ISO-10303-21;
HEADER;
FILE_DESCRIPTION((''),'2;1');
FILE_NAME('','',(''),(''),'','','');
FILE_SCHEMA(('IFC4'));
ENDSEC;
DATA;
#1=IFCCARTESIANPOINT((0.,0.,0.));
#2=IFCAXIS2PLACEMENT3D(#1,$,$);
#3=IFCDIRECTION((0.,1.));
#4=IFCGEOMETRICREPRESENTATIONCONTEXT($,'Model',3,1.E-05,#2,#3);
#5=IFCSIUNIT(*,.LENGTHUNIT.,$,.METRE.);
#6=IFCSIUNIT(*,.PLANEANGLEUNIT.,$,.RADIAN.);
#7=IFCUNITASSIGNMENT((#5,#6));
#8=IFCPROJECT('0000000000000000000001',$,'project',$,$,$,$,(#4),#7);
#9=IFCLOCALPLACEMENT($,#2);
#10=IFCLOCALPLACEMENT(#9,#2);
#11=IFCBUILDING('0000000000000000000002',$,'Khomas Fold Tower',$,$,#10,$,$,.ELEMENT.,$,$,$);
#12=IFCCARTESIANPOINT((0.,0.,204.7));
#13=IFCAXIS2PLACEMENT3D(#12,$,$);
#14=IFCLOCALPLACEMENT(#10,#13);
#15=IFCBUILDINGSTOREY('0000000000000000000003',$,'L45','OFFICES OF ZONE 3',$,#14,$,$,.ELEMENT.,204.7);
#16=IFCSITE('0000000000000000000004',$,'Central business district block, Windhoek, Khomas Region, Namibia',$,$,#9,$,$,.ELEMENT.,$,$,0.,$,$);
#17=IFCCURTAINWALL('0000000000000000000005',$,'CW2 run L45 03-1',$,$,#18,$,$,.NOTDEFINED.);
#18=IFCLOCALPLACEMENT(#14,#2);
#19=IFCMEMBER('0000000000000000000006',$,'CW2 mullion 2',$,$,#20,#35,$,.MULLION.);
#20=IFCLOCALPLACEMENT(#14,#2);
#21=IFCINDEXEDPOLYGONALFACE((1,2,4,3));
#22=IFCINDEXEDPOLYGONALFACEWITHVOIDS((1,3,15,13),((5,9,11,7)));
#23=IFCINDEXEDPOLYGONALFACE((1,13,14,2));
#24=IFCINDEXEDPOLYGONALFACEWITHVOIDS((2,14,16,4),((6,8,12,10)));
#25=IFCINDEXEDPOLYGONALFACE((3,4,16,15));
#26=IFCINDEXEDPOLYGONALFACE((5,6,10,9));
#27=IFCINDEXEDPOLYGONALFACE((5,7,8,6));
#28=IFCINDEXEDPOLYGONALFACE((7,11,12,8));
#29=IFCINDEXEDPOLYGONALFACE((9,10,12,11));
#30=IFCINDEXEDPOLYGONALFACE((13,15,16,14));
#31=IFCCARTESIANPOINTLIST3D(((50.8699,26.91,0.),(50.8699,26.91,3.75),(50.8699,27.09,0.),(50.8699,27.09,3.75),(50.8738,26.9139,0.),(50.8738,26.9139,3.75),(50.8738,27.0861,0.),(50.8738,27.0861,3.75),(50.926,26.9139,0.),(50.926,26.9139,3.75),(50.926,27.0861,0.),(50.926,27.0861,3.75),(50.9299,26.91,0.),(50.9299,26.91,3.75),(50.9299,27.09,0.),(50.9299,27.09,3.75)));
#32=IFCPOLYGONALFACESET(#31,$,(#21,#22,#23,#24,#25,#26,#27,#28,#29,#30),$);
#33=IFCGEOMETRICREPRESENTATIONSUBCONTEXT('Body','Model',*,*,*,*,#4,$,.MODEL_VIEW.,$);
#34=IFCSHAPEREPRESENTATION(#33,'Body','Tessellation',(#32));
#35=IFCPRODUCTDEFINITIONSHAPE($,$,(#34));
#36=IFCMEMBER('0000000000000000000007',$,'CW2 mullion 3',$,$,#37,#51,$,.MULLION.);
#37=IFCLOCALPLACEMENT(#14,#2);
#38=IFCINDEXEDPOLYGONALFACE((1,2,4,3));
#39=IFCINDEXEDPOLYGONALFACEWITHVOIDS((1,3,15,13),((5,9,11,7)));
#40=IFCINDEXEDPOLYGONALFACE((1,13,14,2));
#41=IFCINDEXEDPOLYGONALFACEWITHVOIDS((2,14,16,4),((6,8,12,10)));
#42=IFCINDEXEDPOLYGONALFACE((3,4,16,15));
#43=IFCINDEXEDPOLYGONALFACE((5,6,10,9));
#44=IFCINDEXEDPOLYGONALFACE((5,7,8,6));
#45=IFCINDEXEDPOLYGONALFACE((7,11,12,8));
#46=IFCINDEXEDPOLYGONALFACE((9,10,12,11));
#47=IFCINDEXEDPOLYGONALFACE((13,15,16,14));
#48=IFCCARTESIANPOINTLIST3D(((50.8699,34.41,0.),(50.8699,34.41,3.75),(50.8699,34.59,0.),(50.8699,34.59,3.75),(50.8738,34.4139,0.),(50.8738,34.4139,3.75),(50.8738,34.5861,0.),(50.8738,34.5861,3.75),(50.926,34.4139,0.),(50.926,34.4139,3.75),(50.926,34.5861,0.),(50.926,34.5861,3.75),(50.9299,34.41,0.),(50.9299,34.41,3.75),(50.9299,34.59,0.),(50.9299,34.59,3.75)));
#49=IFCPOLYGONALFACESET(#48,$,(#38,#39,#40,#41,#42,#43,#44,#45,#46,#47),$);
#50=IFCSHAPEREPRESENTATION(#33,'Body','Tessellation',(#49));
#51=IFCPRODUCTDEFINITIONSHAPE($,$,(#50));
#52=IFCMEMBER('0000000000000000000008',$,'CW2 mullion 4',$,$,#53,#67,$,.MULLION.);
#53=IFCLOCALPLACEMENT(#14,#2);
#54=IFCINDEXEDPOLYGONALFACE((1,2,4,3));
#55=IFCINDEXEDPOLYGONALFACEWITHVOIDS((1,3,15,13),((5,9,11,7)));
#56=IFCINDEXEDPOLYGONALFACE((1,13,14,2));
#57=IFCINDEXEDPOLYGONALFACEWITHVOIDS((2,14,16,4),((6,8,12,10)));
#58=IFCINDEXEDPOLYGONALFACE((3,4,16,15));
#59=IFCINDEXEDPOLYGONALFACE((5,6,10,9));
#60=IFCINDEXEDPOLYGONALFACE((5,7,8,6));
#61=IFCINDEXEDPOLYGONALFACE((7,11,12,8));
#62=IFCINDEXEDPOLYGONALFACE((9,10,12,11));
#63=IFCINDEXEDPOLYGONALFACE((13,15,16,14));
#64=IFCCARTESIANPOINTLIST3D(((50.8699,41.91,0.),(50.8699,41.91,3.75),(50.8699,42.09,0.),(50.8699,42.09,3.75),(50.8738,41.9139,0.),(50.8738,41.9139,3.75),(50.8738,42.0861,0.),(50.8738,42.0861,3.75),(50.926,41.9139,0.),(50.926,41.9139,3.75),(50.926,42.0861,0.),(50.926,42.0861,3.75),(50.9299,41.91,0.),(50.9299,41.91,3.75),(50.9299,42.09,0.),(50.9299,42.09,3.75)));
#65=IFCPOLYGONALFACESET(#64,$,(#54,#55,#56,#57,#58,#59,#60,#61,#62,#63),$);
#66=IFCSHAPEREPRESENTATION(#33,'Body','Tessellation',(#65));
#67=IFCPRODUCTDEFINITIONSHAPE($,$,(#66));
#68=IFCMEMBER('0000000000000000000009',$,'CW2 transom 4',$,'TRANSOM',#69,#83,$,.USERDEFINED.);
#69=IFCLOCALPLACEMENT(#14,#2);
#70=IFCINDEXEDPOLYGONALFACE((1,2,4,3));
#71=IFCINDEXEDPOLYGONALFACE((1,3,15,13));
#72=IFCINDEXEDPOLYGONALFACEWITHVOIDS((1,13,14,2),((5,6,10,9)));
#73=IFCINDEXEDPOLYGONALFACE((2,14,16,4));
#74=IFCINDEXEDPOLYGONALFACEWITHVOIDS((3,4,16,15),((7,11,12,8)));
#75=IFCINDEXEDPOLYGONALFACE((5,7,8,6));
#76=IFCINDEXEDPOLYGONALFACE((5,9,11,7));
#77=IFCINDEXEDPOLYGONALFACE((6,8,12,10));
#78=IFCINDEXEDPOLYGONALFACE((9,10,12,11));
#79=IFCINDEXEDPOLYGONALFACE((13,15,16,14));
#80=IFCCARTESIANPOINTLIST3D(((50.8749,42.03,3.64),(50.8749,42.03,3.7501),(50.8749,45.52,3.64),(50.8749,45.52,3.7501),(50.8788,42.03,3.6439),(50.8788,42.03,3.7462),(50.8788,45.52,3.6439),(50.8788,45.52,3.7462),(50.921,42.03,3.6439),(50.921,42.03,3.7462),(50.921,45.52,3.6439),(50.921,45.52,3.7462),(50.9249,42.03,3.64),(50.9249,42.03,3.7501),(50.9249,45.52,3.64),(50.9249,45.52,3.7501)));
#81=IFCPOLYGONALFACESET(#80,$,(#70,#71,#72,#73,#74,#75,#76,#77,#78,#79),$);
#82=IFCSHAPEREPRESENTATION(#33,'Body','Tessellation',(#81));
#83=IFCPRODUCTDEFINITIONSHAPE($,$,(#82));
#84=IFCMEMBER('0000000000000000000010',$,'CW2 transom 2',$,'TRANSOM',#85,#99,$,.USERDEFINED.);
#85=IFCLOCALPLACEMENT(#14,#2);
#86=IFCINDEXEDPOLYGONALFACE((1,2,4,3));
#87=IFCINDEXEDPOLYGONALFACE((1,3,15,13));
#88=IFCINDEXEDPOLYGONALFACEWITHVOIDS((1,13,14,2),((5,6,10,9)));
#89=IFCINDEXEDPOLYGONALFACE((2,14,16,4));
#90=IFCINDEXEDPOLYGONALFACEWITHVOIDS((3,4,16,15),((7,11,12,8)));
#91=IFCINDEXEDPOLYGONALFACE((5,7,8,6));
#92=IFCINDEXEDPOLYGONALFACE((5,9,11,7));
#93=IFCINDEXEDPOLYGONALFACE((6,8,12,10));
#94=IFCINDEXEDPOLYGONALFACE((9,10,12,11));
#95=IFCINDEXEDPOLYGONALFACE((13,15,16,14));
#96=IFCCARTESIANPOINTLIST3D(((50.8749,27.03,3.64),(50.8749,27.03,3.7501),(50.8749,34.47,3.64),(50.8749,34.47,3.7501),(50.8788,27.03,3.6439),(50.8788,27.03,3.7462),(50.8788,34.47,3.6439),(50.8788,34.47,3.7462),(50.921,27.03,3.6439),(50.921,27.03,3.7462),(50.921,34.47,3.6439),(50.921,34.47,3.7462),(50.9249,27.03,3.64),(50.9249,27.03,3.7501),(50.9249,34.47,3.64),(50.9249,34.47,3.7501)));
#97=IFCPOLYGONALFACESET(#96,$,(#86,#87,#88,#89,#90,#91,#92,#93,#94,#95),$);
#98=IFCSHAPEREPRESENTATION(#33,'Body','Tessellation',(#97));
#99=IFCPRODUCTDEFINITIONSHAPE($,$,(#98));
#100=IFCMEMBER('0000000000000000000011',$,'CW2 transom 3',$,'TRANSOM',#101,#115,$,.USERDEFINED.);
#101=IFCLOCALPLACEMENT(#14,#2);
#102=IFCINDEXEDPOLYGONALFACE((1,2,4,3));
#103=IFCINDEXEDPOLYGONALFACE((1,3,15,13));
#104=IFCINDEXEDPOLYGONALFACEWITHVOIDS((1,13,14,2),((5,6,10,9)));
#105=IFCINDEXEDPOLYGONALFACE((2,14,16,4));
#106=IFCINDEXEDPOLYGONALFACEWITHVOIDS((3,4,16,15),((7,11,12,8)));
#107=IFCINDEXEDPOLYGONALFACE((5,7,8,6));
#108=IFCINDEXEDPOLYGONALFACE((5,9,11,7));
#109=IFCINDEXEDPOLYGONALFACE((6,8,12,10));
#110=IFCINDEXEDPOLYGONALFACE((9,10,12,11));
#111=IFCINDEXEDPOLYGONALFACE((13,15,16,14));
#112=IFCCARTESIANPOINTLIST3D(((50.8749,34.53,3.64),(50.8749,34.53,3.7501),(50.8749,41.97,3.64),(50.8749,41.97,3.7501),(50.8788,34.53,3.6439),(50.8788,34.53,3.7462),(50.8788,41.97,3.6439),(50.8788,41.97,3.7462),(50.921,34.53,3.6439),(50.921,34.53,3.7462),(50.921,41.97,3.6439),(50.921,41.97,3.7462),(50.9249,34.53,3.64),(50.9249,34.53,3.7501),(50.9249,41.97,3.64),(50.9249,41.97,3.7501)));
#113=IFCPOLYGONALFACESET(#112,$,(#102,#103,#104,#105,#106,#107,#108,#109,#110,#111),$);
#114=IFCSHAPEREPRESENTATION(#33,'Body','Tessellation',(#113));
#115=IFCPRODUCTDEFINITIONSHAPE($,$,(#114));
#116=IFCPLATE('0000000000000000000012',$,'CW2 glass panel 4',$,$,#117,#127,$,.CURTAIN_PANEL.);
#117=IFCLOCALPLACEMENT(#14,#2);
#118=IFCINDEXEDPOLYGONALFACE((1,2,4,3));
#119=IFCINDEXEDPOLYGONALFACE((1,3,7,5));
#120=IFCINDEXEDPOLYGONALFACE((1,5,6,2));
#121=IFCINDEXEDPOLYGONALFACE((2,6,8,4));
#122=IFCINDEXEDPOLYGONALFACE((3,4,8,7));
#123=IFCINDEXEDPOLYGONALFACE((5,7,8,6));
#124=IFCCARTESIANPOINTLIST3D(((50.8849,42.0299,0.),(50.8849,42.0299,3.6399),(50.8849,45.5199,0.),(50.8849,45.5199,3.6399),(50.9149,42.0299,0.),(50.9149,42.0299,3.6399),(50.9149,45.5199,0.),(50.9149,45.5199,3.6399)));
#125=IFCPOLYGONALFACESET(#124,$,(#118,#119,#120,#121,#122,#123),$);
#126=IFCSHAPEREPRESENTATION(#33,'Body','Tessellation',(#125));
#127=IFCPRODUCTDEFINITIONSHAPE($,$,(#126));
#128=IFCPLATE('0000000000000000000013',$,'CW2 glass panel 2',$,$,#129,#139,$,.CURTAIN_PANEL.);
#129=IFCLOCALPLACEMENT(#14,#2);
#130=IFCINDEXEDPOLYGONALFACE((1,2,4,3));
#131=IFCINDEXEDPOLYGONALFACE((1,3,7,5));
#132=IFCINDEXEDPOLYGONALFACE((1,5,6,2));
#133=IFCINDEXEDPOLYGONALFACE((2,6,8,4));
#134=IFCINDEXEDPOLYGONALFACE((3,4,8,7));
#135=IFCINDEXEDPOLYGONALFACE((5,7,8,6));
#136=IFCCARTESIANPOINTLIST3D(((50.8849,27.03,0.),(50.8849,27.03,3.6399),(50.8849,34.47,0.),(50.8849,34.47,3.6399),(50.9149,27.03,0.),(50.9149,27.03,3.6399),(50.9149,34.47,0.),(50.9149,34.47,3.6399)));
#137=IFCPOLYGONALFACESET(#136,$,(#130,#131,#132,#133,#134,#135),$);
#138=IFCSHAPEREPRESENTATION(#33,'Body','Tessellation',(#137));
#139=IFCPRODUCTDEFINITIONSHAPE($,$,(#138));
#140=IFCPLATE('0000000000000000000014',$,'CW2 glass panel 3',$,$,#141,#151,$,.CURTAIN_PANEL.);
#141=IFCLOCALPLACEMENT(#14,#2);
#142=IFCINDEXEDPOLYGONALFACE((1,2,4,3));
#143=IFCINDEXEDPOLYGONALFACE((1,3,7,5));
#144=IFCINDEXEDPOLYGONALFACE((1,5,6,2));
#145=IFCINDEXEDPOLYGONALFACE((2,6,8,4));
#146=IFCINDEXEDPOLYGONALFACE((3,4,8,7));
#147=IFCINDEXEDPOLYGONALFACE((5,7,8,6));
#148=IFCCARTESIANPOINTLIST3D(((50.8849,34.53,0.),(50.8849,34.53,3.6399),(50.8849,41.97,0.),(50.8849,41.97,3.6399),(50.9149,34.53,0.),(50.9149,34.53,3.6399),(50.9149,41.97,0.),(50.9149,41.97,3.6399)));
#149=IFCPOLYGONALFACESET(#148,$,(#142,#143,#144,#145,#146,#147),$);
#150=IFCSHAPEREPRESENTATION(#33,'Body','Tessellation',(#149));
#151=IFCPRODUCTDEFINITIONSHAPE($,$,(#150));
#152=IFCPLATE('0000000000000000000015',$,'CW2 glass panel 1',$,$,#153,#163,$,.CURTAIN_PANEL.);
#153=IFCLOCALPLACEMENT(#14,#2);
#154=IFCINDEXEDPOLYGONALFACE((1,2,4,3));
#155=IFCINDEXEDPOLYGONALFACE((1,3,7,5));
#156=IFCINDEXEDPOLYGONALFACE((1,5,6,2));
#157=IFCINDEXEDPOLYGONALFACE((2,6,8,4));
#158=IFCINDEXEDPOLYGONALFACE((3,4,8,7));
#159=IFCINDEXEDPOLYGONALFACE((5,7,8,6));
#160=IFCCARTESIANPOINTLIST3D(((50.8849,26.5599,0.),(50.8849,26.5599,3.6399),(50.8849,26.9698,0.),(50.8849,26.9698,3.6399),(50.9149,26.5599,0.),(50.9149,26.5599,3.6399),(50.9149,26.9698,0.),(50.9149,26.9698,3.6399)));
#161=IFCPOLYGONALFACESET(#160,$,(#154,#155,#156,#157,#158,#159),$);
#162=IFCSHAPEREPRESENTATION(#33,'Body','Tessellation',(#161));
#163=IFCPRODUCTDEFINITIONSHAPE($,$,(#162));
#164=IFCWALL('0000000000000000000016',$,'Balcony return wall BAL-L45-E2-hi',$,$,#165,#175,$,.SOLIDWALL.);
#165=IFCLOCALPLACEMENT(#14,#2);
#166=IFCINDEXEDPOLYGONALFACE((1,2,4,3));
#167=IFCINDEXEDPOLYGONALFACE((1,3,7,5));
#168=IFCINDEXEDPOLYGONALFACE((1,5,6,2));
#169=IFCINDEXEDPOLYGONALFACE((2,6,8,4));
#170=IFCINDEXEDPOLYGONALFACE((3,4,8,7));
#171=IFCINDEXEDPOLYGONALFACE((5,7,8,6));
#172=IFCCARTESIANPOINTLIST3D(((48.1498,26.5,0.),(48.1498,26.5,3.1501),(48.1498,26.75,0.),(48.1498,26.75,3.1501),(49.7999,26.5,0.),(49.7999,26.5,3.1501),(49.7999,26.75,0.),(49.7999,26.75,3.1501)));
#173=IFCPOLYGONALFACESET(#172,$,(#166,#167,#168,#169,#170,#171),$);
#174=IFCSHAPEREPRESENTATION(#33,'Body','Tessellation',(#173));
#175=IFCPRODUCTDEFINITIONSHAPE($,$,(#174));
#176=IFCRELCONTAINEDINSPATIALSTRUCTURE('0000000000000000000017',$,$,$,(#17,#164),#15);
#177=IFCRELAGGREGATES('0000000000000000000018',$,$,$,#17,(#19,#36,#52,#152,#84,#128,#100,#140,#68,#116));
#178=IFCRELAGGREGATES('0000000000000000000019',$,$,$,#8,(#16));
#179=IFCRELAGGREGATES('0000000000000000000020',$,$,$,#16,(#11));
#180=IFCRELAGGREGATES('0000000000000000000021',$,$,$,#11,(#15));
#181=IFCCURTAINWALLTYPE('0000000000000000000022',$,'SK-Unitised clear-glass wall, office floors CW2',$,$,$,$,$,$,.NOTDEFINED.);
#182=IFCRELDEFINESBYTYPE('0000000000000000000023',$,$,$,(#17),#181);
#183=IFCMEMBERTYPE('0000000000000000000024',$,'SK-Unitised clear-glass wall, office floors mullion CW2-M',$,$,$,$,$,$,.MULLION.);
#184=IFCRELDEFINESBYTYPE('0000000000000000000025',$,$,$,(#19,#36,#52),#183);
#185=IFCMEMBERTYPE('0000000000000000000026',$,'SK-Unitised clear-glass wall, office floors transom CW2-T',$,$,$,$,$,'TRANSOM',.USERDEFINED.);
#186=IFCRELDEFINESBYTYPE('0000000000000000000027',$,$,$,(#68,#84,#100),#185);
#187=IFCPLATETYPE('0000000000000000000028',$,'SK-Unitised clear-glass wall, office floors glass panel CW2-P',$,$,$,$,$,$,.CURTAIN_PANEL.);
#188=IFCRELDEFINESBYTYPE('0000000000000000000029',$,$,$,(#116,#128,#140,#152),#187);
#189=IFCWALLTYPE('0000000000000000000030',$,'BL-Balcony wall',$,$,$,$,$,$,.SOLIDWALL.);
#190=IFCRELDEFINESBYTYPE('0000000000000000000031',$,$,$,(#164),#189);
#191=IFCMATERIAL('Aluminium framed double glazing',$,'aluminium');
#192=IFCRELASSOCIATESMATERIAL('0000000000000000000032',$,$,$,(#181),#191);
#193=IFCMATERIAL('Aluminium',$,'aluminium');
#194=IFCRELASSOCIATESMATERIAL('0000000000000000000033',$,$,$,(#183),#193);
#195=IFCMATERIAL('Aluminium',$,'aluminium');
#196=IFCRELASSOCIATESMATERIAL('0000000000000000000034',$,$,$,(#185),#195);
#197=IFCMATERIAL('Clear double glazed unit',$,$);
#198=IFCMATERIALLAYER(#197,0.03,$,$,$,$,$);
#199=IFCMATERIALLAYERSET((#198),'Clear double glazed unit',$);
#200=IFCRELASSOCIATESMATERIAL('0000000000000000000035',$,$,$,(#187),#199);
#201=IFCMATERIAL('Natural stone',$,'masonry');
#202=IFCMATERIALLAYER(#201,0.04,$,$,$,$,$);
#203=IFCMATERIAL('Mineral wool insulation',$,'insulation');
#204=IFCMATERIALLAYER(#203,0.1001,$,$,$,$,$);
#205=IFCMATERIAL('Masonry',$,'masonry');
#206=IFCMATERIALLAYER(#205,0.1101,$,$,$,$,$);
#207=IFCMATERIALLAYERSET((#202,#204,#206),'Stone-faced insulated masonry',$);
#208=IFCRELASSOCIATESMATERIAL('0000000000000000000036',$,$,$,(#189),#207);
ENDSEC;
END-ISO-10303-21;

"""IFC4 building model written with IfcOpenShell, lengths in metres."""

from ifc_helpers import new_model, si_unit, direction, frame, frame_2d, origin, origin_2d, place, context, subcontext, project, spatial, rectangle, hollow_rectangle, extrude, source, transform, mapped, material, layer, layer_set, material_profile, profile_set, type_object, element, aggregate, save


model = new_model("IFC4")

# Units and contexts
model_context = context("Model", 3, precision=1e-05, world=origin(), true_north=direction((0.0, 1.0)))
body_context = subcontext(model_context, "Body", "Model", "MODEL_VIEW")
ifc_project = project(units=[si_unit("LENGTHUNIT", "METRE"), si_unit("PLANEANGLEUNIT", "RADIAN")], contexts=[model_context])

# Site, building, storey
site_placement = place(None, origin())
site = spatial("IfcSite", under=ifc_project, at=site_placement, Name="Central business district block, Windhoek, Khomas Region, Namibia", CompositionType="ELEMENT", RefElevation=0.0)
building_placement = place(site_placement, origin())
building = spatial("IfcBuilding", under=site, at=building_placement, Name="Khomas Fold Tower", CompositionType="ELEMENT")
storey_placement = place(building_placement, frame((0.0, 0.0, 204.7)))
storey = spatial("IfcBuildingStorey", under=building, at=storey_placement, Name="L45", Description="OFFICES OF ZONE 3", CompositionType="ELEMENT", Elevation=204.7)

# Curtain wall, members, plates
ifc_material_1 = material(Name="Aluminium framed double glazing", Category="aluminium")
curtain_wall_type = type_object("IfcCurtainWallType", Name="SK-Unitised clear-glass wall, office floors CW2", PredefinedType="NOTDEFINED", material=ifc_material_1)
curtain_wall_placement = place(storey_placement, origin())
curtain_wall = element("IfcCurtainWall", 1, at=curtain_wall_placement, inside=storey, type_object=curtain_wall_type, Name="CW2 run L45 03-1", PredefinedType="NOTDEFINED")
ifc_material_2 = material(Name="Aluminium", Category="aluminium")
ifc_material_profile_1 = material_profile(ifc_material_2, hollow_rectangle(XDim=0.0601, YDim=0.1799, WallThickness=0.0039, at=origin_2d()), Name="SK-Unitised clear-glass wall, office floors mullion CW2-M")
ifc_profile_set_1 = profile_set([ifc_material_profile_1], Name="Aluminium")
member_type_1 = type_object("IfcMemberType", Name="SK-Unitised clear-glass wall, office floors mullion CW2-M", PredefinedType="MULLION", material=ifc_profile_set_1)
shared_shape_1 = source(origin(), body_context, "Body", "SweptSolid", [
    extrude(hollow_rectangle(XDim=0.0601, YDim=0.1799, WallThickness=0.0039, at=origin_2d()), origin(), (0.0, 0.0, 1.0), 3.75),
])
member_1_placement = place(storey_placement, frame((50.8999, 27.0, 0.0), z_axis=(0.0, 0.0, 1.0), x_axis=(-1.0, 0.0, 0.0)))
member_1 = element("IfcMember", 2, at=member_1_placement, type_object=member_type_1, Name="CW2 mullion 2", PredefinedType="MULLION", context=body_context, shape_type="MappedRepresentation", body=[
    mapped(shared_shape_1, transform((0.0, 0.0, 0.0))),
])
member_2_placement = place(storey_placement, frame((50.8999, 34.5, 0.0), z_axis=(0.0, 0.0, 1.0), x_axis=(-1.0, 0.0, 0.0)))
member_2 = element("IfcMember", 3, at=member_2_placement, type_object=member_type_1, Name="CW2 mullion 3", PredefinedType="MULLION", context=body_context, shape_type="MappedRepresentation", body=[
    mapped(shared_shape_1, transform((0.0, 0.0, 0.0))),
])
member_3_placement = place(storey_placement, frame((50.8999, 42.0, 0.0), z_axis=(0.0, 0.0, 1.0), x_axis=(-1.0, 0.0, 0.0)))
member_3 = element("IfcMember", 4, at=member_3_placement, type_object=member_type_1, Name="CW2 mullion 4", PredefinedType="MULLION", context=body_context, shape_type="MappedRepresentation", body=[
    mapped(shared_shape_1, transform((0.0, 0.0, 0.0))),
])
ifc_material_3 = material(Name="Aluminium", Category="aluminium")
ifc_material_profile_2 = material_profile(ifc_material_3, hollow_rectangle(XDim=0.05, YDim=0.1101, WallThickness=0.0039, at=origin_2d()), Name="SK-Unitised clear-glass wall, office floors transom CW2-T")
ifc_profile_set_2 = profile_set([ifc_material_profile_2], Name="Aluminium")
member_type_2 = type_object("IfcMemberType", Name="SK-Unitised clear-glass wall, office floors transom CW2-T", ElementType="TRANSOM", PredefinedType="USERDEFINED", material=ifc_profile_set_2)
shared_shape_2 = source(origin(), body_context, "Body", "SweptSolid", [
    extrude(hollow_rectangle(XDim=0.05, YDim=0.1101, WallThickness=0.0039, at=origin_2d()), origin(), (0.0, 0.0, 1.0), 3.49),
])
member_4_placement = place(storey_placement, frame((50.8999, 42.03, 3.6951), z_axis=(0.0, 1.0, 0.0), x_axis=(-1.0, 0.0, 0.0)))
member_4 = element("IfcMember", 5, at=member_4_placement, type_object=member_type_2, Name="CW2 transom 4", ObjectType="TRANSOM", PredefinedType="USERDEFINED", context=body_context, shape_type="MappedRepresentation", body=[
    mapped(shared_shape_2, transform((0.0, 0.0, 0.0))),
])
shared_shape_3 = source(origin(), body_context, "Body", "SweptSolid", [
    extrude(hollow_rectangle(XDim=0.05, YDim=0.1101, WallThickness=0.0039, at=origin_2d()), origin(), (0.0, 0.0, 1.0), 7.4399),
])
member_5_placement = place(storey_placement, frame((50.8999, 27.03, 3.6951), z_axis=(0.0, 1.0, 0.0), x_axis=(-1.0, 0.0, 0.0)))
member_5 = element("IfcMember", 6, at=member_5_placement, type_object=member_type_2, Name="CW2 transom 2", ObjectType="TRANSOM", PredefinedType="USERDEFINED", context=body_context, shape_type="MappedRepresentation", body=[
    mapped(shared_shape_3, transform((0.0, 0.0, 0.0))),
])
member_6_placement = place(storey_placement, frame((50.8999, 34.53, 3.6951), z_axis=(0.0, 1.0, 0.0), x_axis=(-1.0, 0.0, 0.0)))
member_6 = element("IfcMember", 7, at=member_6_placement, type_object=member_type_2, Name="CW2 transom 3", ObjectType="TRANSOM", PredefinedType="USERDEFINED", context=body_context, shape_type="MappedRepresentation", body=[
    mapped(shared_shape_3, transform((0.0, 0.0, 0.0))),
])
ifc_material_4 = material(Name="Clear double glazed unit")
ifc_layer_1 = layer(ifc_material_4, 0.03)
ifc_layer_set_1 = layer_set([ifc_layer_1], Name="Clear double glazed unit")
plate_type = type_object("IfcPlateType", Name="SK-Unitised clear-glass wall, office floors glass panel CW2-P", PredefinedType="CURTAIN_PANEL", material=ifc_layer_set_1)
shared_shape_4 = source(origin(), body_context, "Body", "SweptSolid", [
    extrude(rectangle(XDim=3.49, YDim=0.03, at=origin_2d()), origin(), (0.0, 0.0, 1.0), 3.6399),
])
plate_1_placement = place(storey_placement, frame((50.8999, 43.7749, 0.0), z_axis=(0.0, 0.0, 1.0), x_axis=(0.0, 1.0, 0.0)))
plate_1 = element("IfcPlate", 8, at=plate_1_placement, type_object=plate_type, Name="CW2 glass panel 4", PredefinedType="CURTAIN_PANEL", context=body_context, shape_type="MappedRepresentation", body=[
    mapped(shared_shape_4, transform((0.0, 0.0, 0.0))),
])
shared_shape_5 = source(origin(), body_context, "Body", "SweptSolid", [
    extrude(rectangle(XDim=7.4399, YDim=0.03, at=origin_2d()), origin(), (0.0, 0.0, 1.0), 3.6399),
])
plate_2_placement = place(storey_placement, frame((50.8999, 30.75, 0.0), z_axis=(0.0, 0.0, 1.0), x_axis=(0.0, 1.0, 0.0)))
plate_2 = element("IfcPlate", 9, at=plate_2_placement, type_object=plate_type, Name="CW2 glass panel 2", PredefinedType="CURTAIN_PANEL", context=body_context, shape_type="MappedRepresentation", body=[
    mapped(shared_shape_5, transform((0.0, 0.0, 0.0))),
])
plate_3_placement = place(storey_placement, frame((50.8999, 38.25, 0.0), z_axis=(0.0, 0.0, 1.0), x_axis=(0.0, 1.0, 0.0)))
plate_3 = element("IfcPlate", 10, at=plate_3_placement, type_object=plate_type, Name="CW2 glass panel 3", PredefinedType="CURTAIN_PANEL", context=body_context, shape_type="MappedRepresentation", body=[
    mapped(shared_shape_5, transform((0.0, 0.0, 0.0))),
])
shared_shape_6 = source(origin(), body_context, "Body", "SweptSolid", [
    extrude(rectangle(XDim=0.4099, YDim=0.03, at=origin_2d()), origin(), (0.0, 0.0, 1.0), 3.6399),
])
plate_4_placement = place(storey_placement, frame((50.8999, 26.7649, 0.0), z_axis=(0.0, 0.0, 1.0), x_axis=(0.0, 1.0, 0.0)))
plate_4 = element("IfcPlate", 11, at=plate_4_placement, type_object=plate_type, Name="CW2 glass panel 1", PredefinedType="CURTAIN_PANEL", context=body_context, shape_type="MappedRepresentation", body=[
    mapped(shared_shape_6, transform((0.0, 0.0, 0.0))),
])
aggregate(curtain_wall, [member_1, member_2, member_3, plate_4, member_5, plate_2, member_6, plate_3, member_4, plate_1])

# Wall
ifc_material_5 = material(Name="Natural stone", Category="masonry")
ifc_layer_2 = layer(ifc_material_5, 0.04)
ifc_material_6 = material(Name="Mineral wool insulation", Category="insulation")
ifc_layer_3 = layer(ifc_material_6, 0.1001)
ifc_material_7 = material(Name="Masonry", Category="masonry")
ifc_layer_4 = layer(ifc_material_7, 0.1101)
ifc_layer_set_2 = layer_set([ifc_layer_2, ifc_layer_3, ifc_layer_4], Name="Stone-faced insulated masonry")
wall_type_1 = type_object("IfcWallType", Name="BL-Balcony wall", PredefinedType="SOLIDWALL", material=ifc_layer_set_2)
shared_shape_7 = source(origin(), body_context, "Body", "SweptSolid", [
    extrude(rectangle(XDim=1.6501, YDim=0.25, at=frame_2d((0.8252, 0.0))), origin(), (0.0, 0.0, 1.0), 3.1501),
])
wall_1_placement = place(storey_placement, frame((49.8, 26.625, 0.0), z_axis=(0.0, 0.0, 1.0), x_axis=(-1.0, 0.0, 0.0)))
element("IfcWall", 12, at=wall_1_placement, inside=storey, type_object=wall_type_1, Name="Balcony return wall BAL-L45-E2-hi", PredefinedType="SOLIDWALL", context=body_context, shape_type="MappedRepresentation", body=[
    mapped(shared_shape_7, transform((0.0, 0.0, 0.0))),
])

save(model, "model.ifc")
